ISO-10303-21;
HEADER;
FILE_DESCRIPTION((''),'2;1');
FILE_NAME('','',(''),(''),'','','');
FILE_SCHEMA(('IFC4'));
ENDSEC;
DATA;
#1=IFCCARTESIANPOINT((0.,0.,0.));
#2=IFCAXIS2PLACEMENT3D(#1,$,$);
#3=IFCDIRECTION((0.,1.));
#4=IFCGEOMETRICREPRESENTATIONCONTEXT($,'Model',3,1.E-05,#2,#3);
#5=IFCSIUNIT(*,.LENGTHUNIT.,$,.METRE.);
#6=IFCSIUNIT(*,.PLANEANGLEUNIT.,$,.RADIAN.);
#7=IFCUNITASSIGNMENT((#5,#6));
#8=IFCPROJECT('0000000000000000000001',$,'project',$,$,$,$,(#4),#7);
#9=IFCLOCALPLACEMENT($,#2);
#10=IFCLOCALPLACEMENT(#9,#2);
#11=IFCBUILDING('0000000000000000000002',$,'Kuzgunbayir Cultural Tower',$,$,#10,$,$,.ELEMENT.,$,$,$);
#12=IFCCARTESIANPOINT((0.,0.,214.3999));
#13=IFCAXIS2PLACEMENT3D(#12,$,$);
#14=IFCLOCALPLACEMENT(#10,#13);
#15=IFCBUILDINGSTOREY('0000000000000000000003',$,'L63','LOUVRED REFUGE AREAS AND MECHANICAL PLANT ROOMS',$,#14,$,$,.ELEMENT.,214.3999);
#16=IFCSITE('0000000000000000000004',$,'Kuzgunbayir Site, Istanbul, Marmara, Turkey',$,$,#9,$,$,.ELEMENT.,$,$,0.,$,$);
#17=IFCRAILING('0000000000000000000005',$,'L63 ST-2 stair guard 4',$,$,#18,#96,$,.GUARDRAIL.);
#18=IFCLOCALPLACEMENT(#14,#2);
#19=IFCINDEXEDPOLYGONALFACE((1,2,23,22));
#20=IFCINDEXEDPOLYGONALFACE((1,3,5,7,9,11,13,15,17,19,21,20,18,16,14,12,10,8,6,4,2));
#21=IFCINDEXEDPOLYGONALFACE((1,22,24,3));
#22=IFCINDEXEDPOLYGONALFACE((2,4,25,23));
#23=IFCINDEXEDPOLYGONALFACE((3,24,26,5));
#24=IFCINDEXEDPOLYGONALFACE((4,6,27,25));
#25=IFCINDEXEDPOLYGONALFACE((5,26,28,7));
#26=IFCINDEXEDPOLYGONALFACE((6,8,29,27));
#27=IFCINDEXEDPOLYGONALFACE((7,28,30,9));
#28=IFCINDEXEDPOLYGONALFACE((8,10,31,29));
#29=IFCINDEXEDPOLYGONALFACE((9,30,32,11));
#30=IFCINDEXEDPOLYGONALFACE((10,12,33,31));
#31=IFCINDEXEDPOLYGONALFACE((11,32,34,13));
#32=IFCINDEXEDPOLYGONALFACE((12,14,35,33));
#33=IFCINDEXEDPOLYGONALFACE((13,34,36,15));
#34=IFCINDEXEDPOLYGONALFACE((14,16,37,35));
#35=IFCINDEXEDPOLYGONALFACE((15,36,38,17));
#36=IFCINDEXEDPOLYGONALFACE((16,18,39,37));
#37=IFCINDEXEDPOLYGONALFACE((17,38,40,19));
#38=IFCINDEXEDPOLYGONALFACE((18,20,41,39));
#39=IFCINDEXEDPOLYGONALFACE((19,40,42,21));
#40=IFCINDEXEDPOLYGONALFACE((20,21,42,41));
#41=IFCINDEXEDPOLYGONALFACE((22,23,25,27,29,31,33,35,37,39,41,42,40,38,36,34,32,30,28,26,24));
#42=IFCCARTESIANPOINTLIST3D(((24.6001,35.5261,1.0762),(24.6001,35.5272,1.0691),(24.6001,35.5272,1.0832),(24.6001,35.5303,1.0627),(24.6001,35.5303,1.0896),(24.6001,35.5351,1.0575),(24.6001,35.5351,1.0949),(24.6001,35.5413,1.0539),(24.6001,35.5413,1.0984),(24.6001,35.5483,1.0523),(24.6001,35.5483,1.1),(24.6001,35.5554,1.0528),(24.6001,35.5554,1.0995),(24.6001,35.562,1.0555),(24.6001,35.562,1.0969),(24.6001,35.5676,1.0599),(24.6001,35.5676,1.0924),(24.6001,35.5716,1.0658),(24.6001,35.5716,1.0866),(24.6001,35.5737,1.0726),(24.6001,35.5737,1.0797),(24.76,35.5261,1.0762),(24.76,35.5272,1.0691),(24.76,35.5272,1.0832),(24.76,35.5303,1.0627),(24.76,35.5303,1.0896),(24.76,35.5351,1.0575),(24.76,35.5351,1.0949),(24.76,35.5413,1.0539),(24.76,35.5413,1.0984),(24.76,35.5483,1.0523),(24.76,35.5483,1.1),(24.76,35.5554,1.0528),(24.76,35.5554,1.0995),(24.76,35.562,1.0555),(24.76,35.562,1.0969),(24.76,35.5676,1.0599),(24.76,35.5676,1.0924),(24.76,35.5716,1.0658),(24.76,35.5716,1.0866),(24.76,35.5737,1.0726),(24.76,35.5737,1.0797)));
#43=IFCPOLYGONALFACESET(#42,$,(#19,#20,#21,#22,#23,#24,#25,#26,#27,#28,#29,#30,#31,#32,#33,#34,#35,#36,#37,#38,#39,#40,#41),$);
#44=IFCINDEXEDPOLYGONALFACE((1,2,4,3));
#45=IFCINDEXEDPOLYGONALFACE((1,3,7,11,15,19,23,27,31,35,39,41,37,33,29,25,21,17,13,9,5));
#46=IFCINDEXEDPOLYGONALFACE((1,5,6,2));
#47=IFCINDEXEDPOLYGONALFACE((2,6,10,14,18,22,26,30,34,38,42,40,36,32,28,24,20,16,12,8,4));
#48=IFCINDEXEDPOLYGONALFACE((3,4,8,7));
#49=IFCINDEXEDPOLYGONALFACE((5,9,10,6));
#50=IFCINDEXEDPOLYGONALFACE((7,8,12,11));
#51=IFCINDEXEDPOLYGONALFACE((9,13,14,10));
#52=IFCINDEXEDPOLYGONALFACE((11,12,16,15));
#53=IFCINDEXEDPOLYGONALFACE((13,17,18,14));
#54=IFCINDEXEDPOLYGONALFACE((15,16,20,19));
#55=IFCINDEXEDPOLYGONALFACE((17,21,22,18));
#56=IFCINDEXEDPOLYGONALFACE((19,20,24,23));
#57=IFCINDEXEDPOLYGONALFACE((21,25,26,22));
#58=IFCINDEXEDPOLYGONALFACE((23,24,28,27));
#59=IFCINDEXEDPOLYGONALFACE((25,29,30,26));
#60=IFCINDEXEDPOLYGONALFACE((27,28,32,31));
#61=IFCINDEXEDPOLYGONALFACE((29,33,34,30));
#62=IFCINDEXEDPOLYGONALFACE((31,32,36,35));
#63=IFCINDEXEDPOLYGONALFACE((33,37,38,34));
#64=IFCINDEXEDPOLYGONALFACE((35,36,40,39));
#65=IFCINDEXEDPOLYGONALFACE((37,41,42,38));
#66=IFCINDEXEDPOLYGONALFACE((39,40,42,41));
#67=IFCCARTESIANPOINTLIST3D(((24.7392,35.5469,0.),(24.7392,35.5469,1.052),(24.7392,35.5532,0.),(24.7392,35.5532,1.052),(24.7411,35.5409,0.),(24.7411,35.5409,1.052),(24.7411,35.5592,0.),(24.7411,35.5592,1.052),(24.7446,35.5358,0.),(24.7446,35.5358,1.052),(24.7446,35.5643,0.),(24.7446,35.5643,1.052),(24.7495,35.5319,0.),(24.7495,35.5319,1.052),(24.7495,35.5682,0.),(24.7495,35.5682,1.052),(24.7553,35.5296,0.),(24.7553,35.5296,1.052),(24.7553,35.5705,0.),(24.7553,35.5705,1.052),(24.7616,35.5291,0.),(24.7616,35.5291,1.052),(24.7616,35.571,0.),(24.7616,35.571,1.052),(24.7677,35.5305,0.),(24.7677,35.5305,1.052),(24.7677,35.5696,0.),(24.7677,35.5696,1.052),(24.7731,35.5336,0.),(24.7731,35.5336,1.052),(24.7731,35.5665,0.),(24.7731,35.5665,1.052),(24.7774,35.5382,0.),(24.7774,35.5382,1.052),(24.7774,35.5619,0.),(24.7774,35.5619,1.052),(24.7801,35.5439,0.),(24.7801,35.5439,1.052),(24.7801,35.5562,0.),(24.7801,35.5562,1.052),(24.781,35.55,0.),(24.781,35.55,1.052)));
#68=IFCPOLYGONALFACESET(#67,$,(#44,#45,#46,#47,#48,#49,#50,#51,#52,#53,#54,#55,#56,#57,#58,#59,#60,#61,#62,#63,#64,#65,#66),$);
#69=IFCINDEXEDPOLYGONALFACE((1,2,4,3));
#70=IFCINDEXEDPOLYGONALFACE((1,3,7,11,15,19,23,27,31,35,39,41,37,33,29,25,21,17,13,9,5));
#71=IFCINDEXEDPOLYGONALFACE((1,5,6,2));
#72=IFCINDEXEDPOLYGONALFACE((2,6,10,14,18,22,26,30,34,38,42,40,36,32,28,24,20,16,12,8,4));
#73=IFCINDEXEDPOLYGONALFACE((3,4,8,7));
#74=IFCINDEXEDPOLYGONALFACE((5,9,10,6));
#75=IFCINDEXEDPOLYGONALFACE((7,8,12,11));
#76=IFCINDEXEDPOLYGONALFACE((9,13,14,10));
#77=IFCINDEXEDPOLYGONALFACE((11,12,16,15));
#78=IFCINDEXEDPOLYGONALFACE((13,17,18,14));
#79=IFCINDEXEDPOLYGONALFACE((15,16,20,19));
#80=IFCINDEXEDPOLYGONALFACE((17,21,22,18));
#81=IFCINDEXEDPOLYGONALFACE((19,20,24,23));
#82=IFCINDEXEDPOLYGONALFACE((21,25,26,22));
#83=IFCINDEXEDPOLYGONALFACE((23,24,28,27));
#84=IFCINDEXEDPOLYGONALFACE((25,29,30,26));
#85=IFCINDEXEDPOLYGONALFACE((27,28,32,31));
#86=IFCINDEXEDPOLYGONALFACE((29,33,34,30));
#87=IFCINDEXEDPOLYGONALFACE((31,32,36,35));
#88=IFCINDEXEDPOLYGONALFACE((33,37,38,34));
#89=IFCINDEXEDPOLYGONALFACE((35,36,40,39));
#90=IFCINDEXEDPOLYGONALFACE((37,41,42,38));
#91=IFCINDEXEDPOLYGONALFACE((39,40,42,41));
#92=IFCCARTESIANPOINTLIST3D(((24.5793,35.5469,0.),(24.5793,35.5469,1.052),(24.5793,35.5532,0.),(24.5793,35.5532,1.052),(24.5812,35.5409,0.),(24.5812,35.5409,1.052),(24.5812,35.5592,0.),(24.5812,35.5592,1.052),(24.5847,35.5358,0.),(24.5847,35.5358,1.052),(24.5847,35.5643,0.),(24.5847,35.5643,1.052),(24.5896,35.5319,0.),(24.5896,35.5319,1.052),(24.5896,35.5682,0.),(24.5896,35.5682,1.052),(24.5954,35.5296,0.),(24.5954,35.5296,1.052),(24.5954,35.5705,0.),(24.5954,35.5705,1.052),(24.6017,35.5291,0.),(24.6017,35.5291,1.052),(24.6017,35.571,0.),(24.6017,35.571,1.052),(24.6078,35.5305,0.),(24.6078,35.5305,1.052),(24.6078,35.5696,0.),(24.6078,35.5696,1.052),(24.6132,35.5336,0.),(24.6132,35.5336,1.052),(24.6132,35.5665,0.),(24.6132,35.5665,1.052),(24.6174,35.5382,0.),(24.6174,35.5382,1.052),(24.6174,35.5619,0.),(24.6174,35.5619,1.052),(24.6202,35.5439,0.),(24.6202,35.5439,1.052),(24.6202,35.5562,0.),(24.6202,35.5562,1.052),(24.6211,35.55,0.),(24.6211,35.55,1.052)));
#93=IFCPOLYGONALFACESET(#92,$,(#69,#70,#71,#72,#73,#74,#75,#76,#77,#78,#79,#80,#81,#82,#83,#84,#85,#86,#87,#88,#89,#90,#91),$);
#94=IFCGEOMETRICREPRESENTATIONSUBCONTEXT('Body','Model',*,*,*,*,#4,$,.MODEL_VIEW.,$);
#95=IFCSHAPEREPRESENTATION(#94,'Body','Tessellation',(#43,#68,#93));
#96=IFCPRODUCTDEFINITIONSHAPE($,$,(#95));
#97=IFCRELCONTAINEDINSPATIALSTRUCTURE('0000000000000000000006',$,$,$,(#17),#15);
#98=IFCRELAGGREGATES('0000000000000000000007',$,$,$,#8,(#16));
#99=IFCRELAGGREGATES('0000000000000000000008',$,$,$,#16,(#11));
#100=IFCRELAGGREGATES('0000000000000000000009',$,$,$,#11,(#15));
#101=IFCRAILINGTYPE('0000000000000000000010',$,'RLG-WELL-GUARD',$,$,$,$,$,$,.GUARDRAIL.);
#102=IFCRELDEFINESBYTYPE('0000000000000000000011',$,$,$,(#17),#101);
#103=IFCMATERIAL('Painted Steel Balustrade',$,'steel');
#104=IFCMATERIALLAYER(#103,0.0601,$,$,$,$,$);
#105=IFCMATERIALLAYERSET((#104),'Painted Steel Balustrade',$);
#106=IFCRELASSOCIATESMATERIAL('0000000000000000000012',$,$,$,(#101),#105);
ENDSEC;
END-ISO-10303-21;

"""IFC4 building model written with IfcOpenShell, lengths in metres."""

from ifc_helpers import new_model, si_unit, direction, frame, origin, origin_2d, place, context, subcontext, project, spatial, circle, extrude, material, layer, layer_set, type_object, element, save


model = new_model("IFC4")

# Units and contexts
model_context = context("Model", 3, precision=1e-05, world=origin(), true_north=direction((0.0, 1.0)))
body_context = subcontext(model_context, "Body", "Model", "MODEL_VIEW")
ifc_project = project(units=[si_unit("LENGTHUNIT", "METRE"), si_unit("PLANEANGLEUNIT", "RADIAN")], contexts=[model_context])

# Site, building, storey
site_placement = place(None, origin())
site = spatial("IfcSite", under=ifc_project, at=site_placement, Name="Kuzgunbayir Site, Istanbul, Marmara, Turkey", CompositionType="ELEMENT", RefElevation=0.0)
building_placement = place(site_placement, origin())
building = spatial("IfcBuilding", under=site, at=building_placement, Name="Kuzgunbayir Cultural Tower", CompositionType="ELEMENT")
storey_placement = place(building_placement, frame((0.0, 0.0, 214.3999)))
storey = spatial("IfcBuildingStorey", under=building, at=storey_placement, Name="L63", Description="LOUVRED REFUGE AREAS AND MECHANICAL PLANT ROOMS", CompositionType="ELEMENT", Elevation=214.3999)

# Railing
ifc_material_1 = material(Name="Painted Steel Balustrade", Category="steel")
ifc_layer_1 = layer(ifc_material_1, 0.0601)
ifc_layer_set_1 = layer_set([ifc_layer_1], Name="Painted Steel Balustrade")
railing_type_1 = type_object("IfcRailingType", Name="RLG-WELL-GUARD", PredefinedType="GUARDRAIL", material=ifc_layer_set_1)
railing_1_placement = place(storey_placement, frame((24.76, 35.55, 0.0)))
element("IfcRailing", 1, at=railing_1_placement, inside=storey, type_object=railing_type_1, Name="L63 ST-2 stair guard 4", PredefinedType="GUARDRAIL", context=body_context, shape_type="SweptSolid", body=[
    extrude(circle(Radius=0.0239, at=origin_2d()), frame((0.0, 0.0, 1.0762), z_axis=(-1.0, 0.0, 0.0), x_axis=(0.0, -1.0, 0.0)), (0.0, 0.0, 1.0), 0.1599),
    extrude(circle(Radius=0.021, at=origin_2d()), origin(), (0.0, 0.0, 1.0), 1.052),
    extrude(circle(Radius=0.021, at=origin_2d()), frame((-0.1599, 0.0, 0.0)), (0.0, 0.0, 1.0), 1.052),
])

save(model, "model.ifc")
